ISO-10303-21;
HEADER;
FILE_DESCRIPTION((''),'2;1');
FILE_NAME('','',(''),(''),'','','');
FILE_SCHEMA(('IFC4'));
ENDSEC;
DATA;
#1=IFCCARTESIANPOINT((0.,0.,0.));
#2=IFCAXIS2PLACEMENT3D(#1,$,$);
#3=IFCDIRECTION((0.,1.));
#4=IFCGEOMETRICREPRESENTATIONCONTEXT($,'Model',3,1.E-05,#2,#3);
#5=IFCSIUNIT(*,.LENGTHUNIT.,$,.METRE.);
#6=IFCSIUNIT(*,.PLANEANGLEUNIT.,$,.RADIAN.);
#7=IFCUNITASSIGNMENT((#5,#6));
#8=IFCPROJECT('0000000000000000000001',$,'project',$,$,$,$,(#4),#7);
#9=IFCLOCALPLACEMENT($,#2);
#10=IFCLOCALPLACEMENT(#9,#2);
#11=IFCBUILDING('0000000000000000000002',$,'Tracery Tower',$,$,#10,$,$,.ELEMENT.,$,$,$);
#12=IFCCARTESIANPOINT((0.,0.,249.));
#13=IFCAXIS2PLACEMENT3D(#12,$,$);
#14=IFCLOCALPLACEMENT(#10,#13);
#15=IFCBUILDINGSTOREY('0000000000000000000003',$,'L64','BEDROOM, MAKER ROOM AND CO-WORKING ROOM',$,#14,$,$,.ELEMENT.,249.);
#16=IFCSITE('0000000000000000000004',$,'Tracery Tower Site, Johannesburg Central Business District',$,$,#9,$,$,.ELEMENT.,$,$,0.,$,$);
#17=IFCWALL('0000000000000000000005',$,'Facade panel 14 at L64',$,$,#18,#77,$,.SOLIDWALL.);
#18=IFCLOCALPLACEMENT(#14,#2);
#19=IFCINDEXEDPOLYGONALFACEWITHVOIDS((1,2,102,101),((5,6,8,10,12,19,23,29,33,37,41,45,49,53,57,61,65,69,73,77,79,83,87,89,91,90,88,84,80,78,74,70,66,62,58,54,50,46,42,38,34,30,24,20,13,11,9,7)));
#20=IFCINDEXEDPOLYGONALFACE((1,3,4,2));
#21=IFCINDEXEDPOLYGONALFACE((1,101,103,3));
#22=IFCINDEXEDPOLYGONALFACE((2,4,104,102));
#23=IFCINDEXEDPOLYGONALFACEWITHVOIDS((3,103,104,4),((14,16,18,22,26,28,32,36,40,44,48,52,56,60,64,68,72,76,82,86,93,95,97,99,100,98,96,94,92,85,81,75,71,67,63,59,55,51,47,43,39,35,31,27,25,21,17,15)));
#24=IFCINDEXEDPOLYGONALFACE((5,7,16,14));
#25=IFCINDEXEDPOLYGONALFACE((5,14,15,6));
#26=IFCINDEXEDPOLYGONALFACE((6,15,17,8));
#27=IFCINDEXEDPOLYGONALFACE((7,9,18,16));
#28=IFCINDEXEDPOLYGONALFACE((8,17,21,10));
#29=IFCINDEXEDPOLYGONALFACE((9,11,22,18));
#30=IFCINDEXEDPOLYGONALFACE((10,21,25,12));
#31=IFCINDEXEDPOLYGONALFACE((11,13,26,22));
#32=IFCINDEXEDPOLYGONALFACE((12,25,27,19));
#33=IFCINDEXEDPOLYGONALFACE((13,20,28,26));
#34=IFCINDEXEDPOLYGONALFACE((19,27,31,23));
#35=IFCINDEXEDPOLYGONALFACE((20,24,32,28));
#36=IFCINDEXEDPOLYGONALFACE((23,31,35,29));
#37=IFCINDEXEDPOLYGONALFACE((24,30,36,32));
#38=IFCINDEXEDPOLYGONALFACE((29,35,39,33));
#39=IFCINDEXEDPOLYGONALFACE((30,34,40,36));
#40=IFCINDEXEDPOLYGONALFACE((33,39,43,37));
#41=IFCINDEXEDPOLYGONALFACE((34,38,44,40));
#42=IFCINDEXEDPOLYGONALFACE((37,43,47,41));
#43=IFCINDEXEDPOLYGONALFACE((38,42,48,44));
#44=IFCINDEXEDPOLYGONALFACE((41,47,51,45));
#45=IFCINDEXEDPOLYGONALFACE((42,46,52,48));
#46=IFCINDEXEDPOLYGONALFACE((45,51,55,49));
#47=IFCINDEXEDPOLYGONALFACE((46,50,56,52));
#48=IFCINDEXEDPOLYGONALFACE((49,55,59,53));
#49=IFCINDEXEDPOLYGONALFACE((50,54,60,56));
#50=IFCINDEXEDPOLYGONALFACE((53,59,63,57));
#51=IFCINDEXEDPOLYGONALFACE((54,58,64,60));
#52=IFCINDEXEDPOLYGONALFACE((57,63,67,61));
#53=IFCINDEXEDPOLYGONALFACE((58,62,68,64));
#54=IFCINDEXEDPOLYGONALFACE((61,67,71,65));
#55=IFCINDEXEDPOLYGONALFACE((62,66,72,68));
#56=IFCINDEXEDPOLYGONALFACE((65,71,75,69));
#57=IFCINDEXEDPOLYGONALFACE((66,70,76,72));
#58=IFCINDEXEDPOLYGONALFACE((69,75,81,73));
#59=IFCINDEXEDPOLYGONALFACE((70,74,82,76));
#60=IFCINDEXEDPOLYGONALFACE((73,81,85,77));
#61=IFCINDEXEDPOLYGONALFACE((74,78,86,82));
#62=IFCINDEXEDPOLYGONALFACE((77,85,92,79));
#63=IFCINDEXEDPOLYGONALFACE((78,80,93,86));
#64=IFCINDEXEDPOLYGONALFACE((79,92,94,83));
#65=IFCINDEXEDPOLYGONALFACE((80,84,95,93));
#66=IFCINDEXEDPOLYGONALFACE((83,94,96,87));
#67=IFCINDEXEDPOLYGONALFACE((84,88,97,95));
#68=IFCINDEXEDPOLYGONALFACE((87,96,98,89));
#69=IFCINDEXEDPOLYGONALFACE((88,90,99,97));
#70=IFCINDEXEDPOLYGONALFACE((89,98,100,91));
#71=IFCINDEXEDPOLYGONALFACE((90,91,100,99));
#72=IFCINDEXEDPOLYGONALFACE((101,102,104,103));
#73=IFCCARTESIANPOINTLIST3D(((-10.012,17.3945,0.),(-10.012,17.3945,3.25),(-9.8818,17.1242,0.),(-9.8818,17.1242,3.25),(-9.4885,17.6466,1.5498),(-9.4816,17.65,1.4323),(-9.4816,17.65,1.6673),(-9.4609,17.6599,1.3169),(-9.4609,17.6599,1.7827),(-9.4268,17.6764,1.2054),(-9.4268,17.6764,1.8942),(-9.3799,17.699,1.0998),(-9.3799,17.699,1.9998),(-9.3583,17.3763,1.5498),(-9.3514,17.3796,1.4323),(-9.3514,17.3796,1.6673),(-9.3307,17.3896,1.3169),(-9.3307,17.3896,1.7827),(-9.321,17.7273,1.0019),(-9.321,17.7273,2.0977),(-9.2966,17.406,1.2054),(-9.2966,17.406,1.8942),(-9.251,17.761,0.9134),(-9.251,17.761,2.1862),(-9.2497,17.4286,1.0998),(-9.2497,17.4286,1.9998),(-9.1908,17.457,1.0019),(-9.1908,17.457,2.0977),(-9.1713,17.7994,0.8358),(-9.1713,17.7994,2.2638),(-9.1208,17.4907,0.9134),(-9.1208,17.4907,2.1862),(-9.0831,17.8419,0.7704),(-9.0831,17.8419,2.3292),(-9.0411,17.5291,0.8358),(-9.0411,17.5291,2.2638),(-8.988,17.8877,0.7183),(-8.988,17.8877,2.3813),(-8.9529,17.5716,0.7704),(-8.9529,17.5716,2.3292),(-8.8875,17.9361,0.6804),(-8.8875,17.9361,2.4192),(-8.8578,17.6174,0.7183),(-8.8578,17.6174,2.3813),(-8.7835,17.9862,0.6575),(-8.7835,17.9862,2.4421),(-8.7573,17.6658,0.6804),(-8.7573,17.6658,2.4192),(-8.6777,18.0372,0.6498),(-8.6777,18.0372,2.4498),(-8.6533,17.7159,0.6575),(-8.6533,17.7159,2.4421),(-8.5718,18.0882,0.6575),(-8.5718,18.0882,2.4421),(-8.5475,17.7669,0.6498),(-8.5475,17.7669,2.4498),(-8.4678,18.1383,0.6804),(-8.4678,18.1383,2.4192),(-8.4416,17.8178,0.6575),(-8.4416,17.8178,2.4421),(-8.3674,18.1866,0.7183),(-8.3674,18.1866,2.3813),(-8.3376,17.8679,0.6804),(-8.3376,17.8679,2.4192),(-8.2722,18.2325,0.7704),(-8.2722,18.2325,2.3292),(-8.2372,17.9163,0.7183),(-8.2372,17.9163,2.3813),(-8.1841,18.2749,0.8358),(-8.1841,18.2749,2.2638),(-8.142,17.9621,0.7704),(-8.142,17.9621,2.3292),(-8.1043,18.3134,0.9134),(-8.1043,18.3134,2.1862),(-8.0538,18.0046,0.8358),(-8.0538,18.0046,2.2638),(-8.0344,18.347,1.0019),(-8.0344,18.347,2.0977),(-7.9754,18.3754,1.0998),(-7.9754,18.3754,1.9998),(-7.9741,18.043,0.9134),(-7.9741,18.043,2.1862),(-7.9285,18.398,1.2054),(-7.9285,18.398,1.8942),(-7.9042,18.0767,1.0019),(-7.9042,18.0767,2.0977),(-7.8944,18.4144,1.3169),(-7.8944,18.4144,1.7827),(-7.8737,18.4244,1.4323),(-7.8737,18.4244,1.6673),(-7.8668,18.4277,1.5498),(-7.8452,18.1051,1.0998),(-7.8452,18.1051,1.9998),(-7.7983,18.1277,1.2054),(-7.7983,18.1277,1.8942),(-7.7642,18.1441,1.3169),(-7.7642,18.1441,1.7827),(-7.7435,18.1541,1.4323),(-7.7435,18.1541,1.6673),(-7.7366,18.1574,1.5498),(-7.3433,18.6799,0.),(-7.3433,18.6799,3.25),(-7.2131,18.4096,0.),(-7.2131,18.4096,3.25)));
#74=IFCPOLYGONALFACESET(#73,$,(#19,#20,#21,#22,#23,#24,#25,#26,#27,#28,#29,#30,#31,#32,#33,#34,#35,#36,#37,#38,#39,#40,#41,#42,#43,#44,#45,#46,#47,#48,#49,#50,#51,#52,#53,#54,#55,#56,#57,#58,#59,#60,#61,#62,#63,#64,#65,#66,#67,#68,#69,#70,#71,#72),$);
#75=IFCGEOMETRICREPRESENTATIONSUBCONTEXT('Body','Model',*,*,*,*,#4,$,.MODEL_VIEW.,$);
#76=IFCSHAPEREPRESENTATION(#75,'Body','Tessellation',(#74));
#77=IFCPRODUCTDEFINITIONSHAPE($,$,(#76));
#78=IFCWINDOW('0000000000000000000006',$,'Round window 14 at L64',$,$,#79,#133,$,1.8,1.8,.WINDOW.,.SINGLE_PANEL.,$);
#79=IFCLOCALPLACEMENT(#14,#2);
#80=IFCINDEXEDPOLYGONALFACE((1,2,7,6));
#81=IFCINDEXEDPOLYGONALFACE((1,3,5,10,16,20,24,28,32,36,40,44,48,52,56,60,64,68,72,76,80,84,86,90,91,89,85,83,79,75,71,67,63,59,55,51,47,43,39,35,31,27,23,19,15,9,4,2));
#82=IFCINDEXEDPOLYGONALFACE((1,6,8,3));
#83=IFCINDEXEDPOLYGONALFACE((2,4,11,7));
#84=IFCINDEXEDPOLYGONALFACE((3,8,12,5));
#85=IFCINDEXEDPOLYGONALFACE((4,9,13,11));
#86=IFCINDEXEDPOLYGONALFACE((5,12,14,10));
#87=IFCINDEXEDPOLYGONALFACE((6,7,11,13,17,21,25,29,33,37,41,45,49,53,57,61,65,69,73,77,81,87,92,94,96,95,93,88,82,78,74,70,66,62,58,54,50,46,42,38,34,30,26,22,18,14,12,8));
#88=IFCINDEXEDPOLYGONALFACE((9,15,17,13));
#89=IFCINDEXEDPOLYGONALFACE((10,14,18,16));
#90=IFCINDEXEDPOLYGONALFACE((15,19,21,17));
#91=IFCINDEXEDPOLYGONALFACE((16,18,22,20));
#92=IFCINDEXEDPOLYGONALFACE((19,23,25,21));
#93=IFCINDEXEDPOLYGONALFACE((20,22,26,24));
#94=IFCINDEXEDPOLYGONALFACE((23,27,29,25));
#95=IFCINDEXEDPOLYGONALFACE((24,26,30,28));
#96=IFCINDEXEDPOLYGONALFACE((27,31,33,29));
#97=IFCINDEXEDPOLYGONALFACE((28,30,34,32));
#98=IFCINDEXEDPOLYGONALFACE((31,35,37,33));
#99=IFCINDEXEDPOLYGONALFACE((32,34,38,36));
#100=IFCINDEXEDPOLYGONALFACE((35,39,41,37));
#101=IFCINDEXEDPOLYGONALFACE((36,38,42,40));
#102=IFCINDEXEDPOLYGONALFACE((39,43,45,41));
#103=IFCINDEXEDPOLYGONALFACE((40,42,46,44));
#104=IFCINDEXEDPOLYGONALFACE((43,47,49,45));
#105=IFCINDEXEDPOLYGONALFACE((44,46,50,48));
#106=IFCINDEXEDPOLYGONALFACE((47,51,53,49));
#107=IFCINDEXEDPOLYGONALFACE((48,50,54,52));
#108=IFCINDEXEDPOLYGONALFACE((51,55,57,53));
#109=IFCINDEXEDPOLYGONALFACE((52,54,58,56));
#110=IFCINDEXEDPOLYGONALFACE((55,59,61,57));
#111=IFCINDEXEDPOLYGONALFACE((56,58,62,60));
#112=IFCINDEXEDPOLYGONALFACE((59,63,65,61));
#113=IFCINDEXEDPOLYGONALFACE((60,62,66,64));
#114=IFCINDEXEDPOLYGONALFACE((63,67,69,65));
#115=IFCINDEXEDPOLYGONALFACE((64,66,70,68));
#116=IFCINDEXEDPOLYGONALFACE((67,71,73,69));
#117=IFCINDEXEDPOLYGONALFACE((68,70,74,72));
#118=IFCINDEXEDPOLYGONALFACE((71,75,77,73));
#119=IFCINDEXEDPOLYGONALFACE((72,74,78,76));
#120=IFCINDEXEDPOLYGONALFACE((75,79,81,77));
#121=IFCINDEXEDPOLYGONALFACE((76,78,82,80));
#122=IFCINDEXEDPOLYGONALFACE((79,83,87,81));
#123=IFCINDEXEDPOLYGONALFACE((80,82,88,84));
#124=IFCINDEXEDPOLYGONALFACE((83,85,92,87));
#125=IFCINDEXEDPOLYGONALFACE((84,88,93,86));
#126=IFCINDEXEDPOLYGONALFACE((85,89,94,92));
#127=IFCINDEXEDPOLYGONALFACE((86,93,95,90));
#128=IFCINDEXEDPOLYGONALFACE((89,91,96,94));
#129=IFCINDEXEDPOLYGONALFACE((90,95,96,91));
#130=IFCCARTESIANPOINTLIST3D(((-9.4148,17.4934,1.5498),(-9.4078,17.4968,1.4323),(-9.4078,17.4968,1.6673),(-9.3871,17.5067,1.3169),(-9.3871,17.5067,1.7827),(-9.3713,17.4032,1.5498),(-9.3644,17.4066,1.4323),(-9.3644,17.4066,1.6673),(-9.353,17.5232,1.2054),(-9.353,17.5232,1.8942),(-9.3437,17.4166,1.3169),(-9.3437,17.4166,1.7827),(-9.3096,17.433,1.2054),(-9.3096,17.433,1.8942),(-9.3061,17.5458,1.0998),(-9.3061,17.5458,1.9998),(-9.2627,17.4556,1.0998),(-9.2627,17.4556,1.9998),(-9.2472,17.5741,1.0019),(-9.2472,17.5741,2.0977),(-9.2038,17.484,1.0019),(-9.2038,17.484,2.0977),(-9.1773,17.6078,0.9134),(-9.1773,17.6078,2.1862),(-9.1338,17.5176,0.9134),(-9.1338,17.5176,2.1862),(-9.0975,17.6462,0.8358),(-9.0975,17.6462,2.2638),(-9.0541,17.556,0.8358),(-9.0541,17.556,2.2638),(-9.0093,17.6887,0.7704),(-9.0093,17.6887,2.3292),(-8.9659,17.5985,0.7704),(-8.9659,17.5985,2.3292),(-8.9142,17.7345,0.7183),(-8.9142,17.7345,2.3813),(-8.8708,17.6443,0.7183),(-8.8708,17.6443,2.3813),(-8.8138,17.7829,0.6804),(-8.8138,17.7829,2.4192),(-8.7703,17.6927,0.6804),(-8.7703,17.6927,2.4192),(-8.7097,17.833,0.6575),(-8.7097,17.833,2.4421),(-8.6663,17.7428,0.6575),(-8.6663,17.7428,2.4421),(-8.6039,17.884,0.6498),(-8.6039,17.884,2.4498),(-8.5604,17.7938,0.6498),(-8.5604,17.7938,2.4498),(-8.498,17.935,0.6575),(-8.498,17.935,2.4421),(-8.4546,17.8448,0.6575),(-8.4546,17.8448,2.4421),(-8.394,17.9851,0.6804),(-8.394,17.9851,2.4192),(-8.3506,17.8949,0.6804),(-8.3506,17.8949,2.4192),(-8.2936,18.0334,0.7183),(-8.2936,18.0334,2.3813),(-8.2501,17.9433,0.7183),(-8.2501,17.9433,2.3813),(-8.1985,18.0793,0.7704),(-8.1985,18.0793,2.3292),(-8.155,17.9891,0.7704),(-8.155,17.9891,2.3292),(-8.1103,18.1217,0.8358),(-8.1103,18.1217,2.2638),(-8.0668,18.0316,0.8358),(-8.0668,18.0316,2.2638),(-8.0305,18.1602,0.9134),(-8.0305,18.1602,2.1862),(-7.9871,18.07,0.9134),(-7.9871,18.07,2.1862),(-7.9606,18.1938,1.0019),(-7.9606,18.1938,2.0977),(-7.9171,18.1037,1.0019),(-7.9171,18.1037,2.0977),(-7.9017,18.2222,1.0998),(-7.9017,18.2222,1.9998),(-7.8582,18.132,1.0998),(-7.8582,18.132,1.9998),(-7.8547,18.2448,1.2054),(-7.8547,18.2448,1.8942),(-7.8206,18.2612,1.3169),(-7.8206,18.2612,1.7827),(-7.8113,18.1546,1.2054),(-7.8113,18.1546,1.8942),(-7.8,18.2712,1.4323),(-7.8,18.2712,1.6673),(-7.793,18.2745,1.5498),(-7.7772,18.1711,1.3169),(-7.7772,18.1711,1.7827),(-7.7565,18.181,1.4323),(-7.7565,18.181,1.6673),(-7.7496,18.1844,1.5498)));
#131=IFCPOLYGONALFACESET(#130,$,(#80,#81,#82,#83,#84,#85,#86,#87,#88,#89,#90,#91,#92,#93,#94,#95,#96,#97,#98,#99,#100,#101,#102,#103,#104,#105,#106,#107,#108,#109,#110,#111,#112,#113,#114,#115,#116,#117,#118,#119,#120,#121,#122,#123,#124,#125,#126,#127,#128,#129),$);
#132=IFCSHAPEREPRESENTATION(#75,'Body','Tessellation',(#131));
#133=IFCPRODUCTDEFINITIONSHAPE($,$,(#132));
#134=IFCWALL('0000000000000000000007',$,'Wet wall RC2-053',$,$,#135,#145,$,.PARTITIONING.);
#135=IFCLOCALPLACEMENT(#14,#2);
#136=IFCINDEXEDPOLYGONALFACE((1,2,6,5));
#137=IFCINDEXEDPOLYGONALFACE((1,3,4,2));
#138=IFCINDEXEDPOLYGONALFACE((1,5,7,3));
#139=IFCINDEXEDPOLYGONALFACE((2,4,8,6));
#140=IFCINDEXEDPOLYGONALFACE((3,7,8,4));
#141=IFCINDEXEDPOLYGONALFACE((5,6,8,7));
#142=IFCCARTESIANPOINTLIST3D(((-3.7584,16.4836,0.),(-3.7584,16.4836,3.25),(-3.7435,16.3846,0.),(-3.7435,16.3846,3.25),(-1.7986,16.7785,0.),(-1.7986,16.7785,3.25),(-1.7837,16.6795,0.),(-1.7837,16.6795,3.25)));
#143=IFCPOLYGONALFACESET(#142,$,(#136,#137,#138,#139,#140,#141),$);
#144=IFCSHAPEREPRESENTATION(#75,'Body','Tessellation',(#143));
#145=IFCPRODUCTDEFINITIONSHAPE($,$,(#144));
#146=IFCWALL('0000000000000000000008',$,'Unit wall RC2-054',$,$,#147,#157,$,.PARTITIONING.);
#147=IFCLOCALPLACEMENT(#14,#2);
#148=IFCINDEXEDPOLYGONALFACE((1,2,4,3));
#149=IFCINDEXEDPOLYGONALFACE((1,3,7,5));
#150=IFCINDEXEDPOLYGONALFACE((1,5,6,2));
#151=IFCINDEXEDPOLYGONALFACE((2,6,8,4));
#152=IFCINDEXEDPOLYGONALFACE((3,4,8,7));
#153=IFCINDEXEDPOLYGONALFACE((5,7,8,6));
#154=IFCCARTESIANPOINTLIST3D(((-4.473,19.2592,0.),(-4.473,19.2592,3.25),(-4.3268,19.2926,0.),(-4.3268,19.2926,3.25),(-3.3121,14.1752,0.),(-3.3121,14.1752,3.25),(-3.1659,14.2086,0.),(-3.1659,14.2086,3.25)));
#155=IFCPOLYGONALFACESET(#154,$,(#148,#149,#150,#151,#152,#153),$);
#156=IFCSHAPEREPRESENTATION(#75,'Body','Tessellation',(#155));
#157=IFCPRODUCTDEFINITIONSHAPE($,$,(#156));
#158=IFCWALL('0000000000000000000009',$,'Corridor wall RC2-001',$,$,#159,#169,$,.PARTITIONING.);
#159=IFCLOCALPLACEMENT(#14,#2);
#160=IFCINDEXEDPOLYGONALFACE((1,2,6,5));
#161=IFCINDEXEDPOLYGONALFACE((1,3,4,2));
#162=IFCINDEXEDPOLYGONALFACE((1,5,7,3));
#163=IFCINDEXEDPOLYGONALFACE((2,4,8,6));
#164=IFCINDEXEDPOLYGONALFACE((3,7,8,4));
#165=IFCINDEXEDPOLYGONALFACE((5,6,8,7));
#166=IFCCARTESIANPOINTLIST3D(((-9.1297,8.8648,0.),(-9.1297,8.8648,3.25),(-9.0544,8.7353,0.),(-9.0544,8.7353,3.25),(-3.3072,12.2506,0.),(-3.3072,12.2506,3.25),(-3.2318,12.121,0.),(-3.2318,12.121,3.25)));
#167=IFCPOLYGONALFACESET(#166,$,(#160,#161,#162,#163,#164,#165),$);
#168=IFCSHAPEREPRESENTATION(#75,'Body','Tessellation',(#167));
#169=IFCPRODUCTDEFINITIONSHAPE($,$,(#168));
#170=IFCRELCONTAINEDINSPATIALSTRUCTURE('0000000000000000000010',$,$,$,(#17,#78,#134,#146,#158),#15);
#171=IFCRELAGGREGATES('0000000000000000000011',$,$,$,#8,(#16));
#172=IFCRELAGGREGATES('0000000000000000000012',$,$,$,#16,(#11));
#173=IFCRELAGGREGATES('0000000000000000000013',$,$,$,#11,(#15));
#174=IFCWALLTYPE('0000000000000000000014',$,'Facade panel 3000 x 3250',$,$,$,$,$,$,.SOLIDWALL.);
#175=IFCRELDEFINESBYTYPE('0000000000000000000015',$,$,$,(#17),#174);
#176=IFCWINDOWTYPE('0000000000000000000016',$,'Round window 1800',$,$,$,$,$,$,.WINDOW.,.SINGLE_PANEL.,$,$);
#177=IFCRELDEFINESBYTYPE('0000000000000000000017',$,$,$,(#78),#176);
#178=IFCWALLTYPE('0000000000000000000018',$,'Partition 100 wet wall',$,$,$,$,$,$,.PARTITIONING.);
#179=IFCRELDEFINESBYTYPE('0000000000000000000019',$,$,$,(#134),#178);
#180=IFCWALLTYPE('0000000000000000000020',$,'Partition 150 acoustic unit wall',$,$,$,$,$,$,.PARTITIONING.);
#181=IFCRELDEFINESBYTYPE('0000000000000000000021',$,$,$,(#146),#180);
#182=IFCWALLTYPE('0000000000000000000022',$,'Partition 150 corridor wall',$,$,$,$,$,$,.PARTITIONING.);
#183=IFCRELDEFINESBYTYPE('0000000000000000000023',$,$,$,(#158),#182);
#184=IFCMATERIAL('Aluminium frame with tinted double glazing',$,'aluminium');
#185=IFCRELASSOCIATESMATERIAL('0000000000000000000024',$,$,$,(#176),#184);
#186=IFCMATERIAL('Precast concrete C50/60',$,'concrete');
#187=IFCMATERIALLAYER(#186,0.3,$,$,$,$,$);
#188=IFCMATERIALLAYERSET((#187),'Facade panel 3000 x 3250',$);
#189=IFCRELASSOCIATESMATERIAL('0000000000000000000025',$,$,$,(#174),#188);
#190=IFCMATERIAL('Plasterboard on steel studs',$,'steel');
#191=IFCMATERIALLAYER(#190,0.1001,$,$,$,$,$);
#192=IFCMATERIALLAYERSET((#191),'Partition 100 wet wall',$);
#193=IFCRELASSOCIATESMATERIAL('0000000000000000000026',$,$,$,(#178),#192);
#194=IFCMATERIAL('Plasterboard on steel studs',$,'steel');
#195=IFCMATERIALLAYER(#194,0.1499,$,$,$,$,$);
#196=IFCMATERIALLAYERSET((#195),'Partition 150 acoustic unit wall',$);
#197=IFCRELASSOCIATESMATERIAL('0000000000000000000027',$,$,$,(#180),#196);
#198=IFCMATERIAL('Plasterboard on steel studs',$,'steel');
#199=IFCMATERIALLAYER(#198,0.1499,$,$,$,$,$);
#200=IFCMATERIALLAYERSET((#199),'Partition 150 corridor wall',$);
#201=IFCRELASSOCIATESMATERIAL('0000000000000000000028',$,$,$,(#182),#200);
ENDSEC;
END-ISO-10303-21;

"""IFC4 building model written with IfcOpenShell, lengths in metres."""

from ifc_helpers import new_model, si_unit, direction, frame, frame_2d, origin, origin_2d, place, context, subcontext, project, spatial, rectangle, circle, extrude, material, layer, layer_set, type_object, element, fill, save


model = new_model("IFC4")

# Units and contexts
model_context = context("Model", 3, precision=1e-05, world=origin(), true_north=direction((0.0, 1.0)))
body_context = subcontext(model_context, "Body", "Model", "MODEL_VIEW")
ifc_project = project(units=[si_unit("LENGTHUNIT", "METRE"), si_unit("PLANEANGLEUNIT", "RADIAN")], contexts=[model_context])

# Site, building, storey
site_placement = place(None, origin())
site = spatial("IfcSite", under=ifc_project, at=site_placement, Name="Tracery Tower Site, Johannesburg Central Business District", CompositionType="ELEMENT", RefElevation=0.0)
building_placement = place(site_placement, origin())
building = spatial("IfcBuilding", under=site, at=building_placement, Name="Tracery Tower", CompositionType="ELEMENT")
storey_placement = place(building_placement, frame((0.0, 0.0, 249.0)))
storey = spatial("IfcBuildingStorey", under=building, at=storey_placement, Name="L64", Description="BEDROOM, MAKER ROOM AND CO-WORKING ROOM", CompositionType="ELEMENT", Elevation=249.0)

# Wall, opening, window
ifc_material_1 = material(Name="Aluminium frame with tinted double glazing", Category="aluminium")
window_type = type_object("IfcWindowType", Name="Round window 1800", PartitioningType="SINGLE_PANEL", PredefinedType="WINDOW", material=ifc_material_1)
ifc_material_2 = material(Name="Precast concrete C50/60", Category="concrete")
ifc_layer_1 = layer(ifc_material_2, 0.3)
ifc_layer_set_1 = layer_set([ifc_layer_1], Name="Facade panel 3000 x 3250")
wall_type_1 = type_object("IfcWallType", Name="Facade panel 3000 x 3250", PredefinedType="SOLIDWALL", material=ifc_layer_set_1)
wall_1_placement = place(storey_placement, frame((-7.2783, 18.5447, 0.0), z_axis=(0.0, 0.0, 1.0), x_axis=(-0.90094, -0.433944, 0.0)))
wall_1 = element("IfcWall", 1, at=wall_1_placement, inside=storey, type_object=wall_type_1, Name="Facade panel 14 at L64", PredefinedType="SOLIDWALL", context=body_context, shape_type="SweptSolid", body=[
    extrude(rectangle(XDim=2.9622, YDim=0.3, at=frame_2d((1.481, 0.0))), origin(), (0.0, 0.0, 1.0), 3.25),
])
opening_1_placement = place(wall_1_placement, frame((1.481, 0.0, 1.5498)))
opening_1 = element("IfcOpeningElement", 2, at=opening_1_placement, cuts=wall_1, PredefinedType="OPENING", context=body_context, shape_type="SweptSolid", body=[
    extrude(circle(Radius=0.9, at=origin_2d()), frame((0.0, 0.1599, 0.0), z_axis=(0.0, -1.0, 0.0), x_axis=(1.0, 0.0, 0.0)), (0.0, 0.0, 1.0), 0.3201),
])
window_1_placement = place(opening_1_placement, origin())
window_1 = element("IfcWindow", 3, at=window_1_placement, inside=storey, type_object=window_type, Name="Round window 14 at L64", OverallHeight=1.8, OverallWidth=1.8, PartitioningType="SINGLE_PANEL", PredefinedType="WINDOW", context=body_context, shape_type="SweptSolid", body=[
    extrude(circle(Radius=0.9, at=origin_2d()), frame((0.0, 0.1201, 0.0), z_axis=(0.0, -1.0, 0.0), x_axis=(1.0, 0.0, 0.0)), (0.0, 0.0, 1.0), 0.1001),
])
fill(opening_1, window_1)

# Walls
ifc_material_3 = material(Name="Plasterboard on steel studs", Category="steel")
ifc_layer_2 = layer(ifc_material_3, 0.1001)
ifc_layer_set_2 = layer_set([ifc_layer_2], Name="Partition 100 wet wall")
wall_type_2 = type_object("IfcWallType", Name="Partition 100 wet wall", PredefinedType="PARTITIONING", material=ifc_layer_set_2)
wall_2_placement = place(storey_placement, frame((-3.751, 16.4341, 0.0), z_axis=(0.0, 0.0, 1.0), x_axis=(0.988868, 0.148798, 0.0)))
element("IfcWall", 4, at=wall_2_placement, inside=storey, type_object=wall_type_2, Name="Wet wall RC2-053", PredefinedType="PARTITIONING", context=body_context, shape_type="SweptSolid", body=[
    extrude(rectangle(XDim=1.9819, YDim=0.1001, at=frame_2d((0.991, 0.0))), origin(), (0.0, 0.0, 1.0), 3.25),
])
ifc_material_4 = material(Name="Plasterboard on steel studs", Category="steel")
ifc_layer_3 = layer(ifc_material_4, 0.1499)
ifc_layer_set_3 = layer_set([ifc_layer_3], Name="Partition 150 acoustic unit wall")
wall_type_3 = type_object("IfcWallType", Name="Partition 150 acoustic unit wall", PredefinedType="PARTITIONING", material=ifc_layer_set_3)
wall_3_placement = place(storey_placement, frame((-4.3999, 19.2759, 0.0), z_axis=(0.0, 0.0, 1.0), x_axis=(0.222613, -0.974907, 0.0)))
element("IfcWall", 5, at=wall_3_placement, inside=storey, type_object=wall_type_3, Name="Unit wall RC2-054", PredefinedType="PARTITIONING", context=body_context, shape_type="SweptSolid", body=[
    extrude(rectangle(XDim=5.2148, YDim=0.1499, at=frame_2d((2.6074, 0.0))), origin(), (0.0, 0.0, 1.0), 3.25),
])
ifc_material_5 = material(Name="Plasterboard on steel studs", Category="steel")
ifc_layer_4 = layer(ifc_material_5, 0.1499)
ifc_layer_set_4 = layer_set([ifc_layer_4], Name="Partition 150 corridor wall")
wall_type_4 = type_object("IfcWallType", Name="Partition 150 corridor wall", PredefinedType="PARTITIONING", material=ifc_layer_set_4)
wall_4_placement = place(storey_placement, frame((-9.092, 8.8, 0.0), z_axis=(0.0, 0.0, 1.0), x_axis=(0.864471, 0.502683, 0.0)))
element("IfcWall", 6, at=wall_4_placement, inside=storey, type_object=wall_type_4, Name="Corridor wall RC2-001", PredefinedType="PARTITIONING", context=body_context, shape_type="SweptSolid", body=[
    extrude(rectangle(XDim=6.7354, YDim=0.1499, at=frame_2d((3.3677, 0.0))), origin(), (0.0, 0.0, 1.0), 3.25),
])

save(model, "model.ifc")
